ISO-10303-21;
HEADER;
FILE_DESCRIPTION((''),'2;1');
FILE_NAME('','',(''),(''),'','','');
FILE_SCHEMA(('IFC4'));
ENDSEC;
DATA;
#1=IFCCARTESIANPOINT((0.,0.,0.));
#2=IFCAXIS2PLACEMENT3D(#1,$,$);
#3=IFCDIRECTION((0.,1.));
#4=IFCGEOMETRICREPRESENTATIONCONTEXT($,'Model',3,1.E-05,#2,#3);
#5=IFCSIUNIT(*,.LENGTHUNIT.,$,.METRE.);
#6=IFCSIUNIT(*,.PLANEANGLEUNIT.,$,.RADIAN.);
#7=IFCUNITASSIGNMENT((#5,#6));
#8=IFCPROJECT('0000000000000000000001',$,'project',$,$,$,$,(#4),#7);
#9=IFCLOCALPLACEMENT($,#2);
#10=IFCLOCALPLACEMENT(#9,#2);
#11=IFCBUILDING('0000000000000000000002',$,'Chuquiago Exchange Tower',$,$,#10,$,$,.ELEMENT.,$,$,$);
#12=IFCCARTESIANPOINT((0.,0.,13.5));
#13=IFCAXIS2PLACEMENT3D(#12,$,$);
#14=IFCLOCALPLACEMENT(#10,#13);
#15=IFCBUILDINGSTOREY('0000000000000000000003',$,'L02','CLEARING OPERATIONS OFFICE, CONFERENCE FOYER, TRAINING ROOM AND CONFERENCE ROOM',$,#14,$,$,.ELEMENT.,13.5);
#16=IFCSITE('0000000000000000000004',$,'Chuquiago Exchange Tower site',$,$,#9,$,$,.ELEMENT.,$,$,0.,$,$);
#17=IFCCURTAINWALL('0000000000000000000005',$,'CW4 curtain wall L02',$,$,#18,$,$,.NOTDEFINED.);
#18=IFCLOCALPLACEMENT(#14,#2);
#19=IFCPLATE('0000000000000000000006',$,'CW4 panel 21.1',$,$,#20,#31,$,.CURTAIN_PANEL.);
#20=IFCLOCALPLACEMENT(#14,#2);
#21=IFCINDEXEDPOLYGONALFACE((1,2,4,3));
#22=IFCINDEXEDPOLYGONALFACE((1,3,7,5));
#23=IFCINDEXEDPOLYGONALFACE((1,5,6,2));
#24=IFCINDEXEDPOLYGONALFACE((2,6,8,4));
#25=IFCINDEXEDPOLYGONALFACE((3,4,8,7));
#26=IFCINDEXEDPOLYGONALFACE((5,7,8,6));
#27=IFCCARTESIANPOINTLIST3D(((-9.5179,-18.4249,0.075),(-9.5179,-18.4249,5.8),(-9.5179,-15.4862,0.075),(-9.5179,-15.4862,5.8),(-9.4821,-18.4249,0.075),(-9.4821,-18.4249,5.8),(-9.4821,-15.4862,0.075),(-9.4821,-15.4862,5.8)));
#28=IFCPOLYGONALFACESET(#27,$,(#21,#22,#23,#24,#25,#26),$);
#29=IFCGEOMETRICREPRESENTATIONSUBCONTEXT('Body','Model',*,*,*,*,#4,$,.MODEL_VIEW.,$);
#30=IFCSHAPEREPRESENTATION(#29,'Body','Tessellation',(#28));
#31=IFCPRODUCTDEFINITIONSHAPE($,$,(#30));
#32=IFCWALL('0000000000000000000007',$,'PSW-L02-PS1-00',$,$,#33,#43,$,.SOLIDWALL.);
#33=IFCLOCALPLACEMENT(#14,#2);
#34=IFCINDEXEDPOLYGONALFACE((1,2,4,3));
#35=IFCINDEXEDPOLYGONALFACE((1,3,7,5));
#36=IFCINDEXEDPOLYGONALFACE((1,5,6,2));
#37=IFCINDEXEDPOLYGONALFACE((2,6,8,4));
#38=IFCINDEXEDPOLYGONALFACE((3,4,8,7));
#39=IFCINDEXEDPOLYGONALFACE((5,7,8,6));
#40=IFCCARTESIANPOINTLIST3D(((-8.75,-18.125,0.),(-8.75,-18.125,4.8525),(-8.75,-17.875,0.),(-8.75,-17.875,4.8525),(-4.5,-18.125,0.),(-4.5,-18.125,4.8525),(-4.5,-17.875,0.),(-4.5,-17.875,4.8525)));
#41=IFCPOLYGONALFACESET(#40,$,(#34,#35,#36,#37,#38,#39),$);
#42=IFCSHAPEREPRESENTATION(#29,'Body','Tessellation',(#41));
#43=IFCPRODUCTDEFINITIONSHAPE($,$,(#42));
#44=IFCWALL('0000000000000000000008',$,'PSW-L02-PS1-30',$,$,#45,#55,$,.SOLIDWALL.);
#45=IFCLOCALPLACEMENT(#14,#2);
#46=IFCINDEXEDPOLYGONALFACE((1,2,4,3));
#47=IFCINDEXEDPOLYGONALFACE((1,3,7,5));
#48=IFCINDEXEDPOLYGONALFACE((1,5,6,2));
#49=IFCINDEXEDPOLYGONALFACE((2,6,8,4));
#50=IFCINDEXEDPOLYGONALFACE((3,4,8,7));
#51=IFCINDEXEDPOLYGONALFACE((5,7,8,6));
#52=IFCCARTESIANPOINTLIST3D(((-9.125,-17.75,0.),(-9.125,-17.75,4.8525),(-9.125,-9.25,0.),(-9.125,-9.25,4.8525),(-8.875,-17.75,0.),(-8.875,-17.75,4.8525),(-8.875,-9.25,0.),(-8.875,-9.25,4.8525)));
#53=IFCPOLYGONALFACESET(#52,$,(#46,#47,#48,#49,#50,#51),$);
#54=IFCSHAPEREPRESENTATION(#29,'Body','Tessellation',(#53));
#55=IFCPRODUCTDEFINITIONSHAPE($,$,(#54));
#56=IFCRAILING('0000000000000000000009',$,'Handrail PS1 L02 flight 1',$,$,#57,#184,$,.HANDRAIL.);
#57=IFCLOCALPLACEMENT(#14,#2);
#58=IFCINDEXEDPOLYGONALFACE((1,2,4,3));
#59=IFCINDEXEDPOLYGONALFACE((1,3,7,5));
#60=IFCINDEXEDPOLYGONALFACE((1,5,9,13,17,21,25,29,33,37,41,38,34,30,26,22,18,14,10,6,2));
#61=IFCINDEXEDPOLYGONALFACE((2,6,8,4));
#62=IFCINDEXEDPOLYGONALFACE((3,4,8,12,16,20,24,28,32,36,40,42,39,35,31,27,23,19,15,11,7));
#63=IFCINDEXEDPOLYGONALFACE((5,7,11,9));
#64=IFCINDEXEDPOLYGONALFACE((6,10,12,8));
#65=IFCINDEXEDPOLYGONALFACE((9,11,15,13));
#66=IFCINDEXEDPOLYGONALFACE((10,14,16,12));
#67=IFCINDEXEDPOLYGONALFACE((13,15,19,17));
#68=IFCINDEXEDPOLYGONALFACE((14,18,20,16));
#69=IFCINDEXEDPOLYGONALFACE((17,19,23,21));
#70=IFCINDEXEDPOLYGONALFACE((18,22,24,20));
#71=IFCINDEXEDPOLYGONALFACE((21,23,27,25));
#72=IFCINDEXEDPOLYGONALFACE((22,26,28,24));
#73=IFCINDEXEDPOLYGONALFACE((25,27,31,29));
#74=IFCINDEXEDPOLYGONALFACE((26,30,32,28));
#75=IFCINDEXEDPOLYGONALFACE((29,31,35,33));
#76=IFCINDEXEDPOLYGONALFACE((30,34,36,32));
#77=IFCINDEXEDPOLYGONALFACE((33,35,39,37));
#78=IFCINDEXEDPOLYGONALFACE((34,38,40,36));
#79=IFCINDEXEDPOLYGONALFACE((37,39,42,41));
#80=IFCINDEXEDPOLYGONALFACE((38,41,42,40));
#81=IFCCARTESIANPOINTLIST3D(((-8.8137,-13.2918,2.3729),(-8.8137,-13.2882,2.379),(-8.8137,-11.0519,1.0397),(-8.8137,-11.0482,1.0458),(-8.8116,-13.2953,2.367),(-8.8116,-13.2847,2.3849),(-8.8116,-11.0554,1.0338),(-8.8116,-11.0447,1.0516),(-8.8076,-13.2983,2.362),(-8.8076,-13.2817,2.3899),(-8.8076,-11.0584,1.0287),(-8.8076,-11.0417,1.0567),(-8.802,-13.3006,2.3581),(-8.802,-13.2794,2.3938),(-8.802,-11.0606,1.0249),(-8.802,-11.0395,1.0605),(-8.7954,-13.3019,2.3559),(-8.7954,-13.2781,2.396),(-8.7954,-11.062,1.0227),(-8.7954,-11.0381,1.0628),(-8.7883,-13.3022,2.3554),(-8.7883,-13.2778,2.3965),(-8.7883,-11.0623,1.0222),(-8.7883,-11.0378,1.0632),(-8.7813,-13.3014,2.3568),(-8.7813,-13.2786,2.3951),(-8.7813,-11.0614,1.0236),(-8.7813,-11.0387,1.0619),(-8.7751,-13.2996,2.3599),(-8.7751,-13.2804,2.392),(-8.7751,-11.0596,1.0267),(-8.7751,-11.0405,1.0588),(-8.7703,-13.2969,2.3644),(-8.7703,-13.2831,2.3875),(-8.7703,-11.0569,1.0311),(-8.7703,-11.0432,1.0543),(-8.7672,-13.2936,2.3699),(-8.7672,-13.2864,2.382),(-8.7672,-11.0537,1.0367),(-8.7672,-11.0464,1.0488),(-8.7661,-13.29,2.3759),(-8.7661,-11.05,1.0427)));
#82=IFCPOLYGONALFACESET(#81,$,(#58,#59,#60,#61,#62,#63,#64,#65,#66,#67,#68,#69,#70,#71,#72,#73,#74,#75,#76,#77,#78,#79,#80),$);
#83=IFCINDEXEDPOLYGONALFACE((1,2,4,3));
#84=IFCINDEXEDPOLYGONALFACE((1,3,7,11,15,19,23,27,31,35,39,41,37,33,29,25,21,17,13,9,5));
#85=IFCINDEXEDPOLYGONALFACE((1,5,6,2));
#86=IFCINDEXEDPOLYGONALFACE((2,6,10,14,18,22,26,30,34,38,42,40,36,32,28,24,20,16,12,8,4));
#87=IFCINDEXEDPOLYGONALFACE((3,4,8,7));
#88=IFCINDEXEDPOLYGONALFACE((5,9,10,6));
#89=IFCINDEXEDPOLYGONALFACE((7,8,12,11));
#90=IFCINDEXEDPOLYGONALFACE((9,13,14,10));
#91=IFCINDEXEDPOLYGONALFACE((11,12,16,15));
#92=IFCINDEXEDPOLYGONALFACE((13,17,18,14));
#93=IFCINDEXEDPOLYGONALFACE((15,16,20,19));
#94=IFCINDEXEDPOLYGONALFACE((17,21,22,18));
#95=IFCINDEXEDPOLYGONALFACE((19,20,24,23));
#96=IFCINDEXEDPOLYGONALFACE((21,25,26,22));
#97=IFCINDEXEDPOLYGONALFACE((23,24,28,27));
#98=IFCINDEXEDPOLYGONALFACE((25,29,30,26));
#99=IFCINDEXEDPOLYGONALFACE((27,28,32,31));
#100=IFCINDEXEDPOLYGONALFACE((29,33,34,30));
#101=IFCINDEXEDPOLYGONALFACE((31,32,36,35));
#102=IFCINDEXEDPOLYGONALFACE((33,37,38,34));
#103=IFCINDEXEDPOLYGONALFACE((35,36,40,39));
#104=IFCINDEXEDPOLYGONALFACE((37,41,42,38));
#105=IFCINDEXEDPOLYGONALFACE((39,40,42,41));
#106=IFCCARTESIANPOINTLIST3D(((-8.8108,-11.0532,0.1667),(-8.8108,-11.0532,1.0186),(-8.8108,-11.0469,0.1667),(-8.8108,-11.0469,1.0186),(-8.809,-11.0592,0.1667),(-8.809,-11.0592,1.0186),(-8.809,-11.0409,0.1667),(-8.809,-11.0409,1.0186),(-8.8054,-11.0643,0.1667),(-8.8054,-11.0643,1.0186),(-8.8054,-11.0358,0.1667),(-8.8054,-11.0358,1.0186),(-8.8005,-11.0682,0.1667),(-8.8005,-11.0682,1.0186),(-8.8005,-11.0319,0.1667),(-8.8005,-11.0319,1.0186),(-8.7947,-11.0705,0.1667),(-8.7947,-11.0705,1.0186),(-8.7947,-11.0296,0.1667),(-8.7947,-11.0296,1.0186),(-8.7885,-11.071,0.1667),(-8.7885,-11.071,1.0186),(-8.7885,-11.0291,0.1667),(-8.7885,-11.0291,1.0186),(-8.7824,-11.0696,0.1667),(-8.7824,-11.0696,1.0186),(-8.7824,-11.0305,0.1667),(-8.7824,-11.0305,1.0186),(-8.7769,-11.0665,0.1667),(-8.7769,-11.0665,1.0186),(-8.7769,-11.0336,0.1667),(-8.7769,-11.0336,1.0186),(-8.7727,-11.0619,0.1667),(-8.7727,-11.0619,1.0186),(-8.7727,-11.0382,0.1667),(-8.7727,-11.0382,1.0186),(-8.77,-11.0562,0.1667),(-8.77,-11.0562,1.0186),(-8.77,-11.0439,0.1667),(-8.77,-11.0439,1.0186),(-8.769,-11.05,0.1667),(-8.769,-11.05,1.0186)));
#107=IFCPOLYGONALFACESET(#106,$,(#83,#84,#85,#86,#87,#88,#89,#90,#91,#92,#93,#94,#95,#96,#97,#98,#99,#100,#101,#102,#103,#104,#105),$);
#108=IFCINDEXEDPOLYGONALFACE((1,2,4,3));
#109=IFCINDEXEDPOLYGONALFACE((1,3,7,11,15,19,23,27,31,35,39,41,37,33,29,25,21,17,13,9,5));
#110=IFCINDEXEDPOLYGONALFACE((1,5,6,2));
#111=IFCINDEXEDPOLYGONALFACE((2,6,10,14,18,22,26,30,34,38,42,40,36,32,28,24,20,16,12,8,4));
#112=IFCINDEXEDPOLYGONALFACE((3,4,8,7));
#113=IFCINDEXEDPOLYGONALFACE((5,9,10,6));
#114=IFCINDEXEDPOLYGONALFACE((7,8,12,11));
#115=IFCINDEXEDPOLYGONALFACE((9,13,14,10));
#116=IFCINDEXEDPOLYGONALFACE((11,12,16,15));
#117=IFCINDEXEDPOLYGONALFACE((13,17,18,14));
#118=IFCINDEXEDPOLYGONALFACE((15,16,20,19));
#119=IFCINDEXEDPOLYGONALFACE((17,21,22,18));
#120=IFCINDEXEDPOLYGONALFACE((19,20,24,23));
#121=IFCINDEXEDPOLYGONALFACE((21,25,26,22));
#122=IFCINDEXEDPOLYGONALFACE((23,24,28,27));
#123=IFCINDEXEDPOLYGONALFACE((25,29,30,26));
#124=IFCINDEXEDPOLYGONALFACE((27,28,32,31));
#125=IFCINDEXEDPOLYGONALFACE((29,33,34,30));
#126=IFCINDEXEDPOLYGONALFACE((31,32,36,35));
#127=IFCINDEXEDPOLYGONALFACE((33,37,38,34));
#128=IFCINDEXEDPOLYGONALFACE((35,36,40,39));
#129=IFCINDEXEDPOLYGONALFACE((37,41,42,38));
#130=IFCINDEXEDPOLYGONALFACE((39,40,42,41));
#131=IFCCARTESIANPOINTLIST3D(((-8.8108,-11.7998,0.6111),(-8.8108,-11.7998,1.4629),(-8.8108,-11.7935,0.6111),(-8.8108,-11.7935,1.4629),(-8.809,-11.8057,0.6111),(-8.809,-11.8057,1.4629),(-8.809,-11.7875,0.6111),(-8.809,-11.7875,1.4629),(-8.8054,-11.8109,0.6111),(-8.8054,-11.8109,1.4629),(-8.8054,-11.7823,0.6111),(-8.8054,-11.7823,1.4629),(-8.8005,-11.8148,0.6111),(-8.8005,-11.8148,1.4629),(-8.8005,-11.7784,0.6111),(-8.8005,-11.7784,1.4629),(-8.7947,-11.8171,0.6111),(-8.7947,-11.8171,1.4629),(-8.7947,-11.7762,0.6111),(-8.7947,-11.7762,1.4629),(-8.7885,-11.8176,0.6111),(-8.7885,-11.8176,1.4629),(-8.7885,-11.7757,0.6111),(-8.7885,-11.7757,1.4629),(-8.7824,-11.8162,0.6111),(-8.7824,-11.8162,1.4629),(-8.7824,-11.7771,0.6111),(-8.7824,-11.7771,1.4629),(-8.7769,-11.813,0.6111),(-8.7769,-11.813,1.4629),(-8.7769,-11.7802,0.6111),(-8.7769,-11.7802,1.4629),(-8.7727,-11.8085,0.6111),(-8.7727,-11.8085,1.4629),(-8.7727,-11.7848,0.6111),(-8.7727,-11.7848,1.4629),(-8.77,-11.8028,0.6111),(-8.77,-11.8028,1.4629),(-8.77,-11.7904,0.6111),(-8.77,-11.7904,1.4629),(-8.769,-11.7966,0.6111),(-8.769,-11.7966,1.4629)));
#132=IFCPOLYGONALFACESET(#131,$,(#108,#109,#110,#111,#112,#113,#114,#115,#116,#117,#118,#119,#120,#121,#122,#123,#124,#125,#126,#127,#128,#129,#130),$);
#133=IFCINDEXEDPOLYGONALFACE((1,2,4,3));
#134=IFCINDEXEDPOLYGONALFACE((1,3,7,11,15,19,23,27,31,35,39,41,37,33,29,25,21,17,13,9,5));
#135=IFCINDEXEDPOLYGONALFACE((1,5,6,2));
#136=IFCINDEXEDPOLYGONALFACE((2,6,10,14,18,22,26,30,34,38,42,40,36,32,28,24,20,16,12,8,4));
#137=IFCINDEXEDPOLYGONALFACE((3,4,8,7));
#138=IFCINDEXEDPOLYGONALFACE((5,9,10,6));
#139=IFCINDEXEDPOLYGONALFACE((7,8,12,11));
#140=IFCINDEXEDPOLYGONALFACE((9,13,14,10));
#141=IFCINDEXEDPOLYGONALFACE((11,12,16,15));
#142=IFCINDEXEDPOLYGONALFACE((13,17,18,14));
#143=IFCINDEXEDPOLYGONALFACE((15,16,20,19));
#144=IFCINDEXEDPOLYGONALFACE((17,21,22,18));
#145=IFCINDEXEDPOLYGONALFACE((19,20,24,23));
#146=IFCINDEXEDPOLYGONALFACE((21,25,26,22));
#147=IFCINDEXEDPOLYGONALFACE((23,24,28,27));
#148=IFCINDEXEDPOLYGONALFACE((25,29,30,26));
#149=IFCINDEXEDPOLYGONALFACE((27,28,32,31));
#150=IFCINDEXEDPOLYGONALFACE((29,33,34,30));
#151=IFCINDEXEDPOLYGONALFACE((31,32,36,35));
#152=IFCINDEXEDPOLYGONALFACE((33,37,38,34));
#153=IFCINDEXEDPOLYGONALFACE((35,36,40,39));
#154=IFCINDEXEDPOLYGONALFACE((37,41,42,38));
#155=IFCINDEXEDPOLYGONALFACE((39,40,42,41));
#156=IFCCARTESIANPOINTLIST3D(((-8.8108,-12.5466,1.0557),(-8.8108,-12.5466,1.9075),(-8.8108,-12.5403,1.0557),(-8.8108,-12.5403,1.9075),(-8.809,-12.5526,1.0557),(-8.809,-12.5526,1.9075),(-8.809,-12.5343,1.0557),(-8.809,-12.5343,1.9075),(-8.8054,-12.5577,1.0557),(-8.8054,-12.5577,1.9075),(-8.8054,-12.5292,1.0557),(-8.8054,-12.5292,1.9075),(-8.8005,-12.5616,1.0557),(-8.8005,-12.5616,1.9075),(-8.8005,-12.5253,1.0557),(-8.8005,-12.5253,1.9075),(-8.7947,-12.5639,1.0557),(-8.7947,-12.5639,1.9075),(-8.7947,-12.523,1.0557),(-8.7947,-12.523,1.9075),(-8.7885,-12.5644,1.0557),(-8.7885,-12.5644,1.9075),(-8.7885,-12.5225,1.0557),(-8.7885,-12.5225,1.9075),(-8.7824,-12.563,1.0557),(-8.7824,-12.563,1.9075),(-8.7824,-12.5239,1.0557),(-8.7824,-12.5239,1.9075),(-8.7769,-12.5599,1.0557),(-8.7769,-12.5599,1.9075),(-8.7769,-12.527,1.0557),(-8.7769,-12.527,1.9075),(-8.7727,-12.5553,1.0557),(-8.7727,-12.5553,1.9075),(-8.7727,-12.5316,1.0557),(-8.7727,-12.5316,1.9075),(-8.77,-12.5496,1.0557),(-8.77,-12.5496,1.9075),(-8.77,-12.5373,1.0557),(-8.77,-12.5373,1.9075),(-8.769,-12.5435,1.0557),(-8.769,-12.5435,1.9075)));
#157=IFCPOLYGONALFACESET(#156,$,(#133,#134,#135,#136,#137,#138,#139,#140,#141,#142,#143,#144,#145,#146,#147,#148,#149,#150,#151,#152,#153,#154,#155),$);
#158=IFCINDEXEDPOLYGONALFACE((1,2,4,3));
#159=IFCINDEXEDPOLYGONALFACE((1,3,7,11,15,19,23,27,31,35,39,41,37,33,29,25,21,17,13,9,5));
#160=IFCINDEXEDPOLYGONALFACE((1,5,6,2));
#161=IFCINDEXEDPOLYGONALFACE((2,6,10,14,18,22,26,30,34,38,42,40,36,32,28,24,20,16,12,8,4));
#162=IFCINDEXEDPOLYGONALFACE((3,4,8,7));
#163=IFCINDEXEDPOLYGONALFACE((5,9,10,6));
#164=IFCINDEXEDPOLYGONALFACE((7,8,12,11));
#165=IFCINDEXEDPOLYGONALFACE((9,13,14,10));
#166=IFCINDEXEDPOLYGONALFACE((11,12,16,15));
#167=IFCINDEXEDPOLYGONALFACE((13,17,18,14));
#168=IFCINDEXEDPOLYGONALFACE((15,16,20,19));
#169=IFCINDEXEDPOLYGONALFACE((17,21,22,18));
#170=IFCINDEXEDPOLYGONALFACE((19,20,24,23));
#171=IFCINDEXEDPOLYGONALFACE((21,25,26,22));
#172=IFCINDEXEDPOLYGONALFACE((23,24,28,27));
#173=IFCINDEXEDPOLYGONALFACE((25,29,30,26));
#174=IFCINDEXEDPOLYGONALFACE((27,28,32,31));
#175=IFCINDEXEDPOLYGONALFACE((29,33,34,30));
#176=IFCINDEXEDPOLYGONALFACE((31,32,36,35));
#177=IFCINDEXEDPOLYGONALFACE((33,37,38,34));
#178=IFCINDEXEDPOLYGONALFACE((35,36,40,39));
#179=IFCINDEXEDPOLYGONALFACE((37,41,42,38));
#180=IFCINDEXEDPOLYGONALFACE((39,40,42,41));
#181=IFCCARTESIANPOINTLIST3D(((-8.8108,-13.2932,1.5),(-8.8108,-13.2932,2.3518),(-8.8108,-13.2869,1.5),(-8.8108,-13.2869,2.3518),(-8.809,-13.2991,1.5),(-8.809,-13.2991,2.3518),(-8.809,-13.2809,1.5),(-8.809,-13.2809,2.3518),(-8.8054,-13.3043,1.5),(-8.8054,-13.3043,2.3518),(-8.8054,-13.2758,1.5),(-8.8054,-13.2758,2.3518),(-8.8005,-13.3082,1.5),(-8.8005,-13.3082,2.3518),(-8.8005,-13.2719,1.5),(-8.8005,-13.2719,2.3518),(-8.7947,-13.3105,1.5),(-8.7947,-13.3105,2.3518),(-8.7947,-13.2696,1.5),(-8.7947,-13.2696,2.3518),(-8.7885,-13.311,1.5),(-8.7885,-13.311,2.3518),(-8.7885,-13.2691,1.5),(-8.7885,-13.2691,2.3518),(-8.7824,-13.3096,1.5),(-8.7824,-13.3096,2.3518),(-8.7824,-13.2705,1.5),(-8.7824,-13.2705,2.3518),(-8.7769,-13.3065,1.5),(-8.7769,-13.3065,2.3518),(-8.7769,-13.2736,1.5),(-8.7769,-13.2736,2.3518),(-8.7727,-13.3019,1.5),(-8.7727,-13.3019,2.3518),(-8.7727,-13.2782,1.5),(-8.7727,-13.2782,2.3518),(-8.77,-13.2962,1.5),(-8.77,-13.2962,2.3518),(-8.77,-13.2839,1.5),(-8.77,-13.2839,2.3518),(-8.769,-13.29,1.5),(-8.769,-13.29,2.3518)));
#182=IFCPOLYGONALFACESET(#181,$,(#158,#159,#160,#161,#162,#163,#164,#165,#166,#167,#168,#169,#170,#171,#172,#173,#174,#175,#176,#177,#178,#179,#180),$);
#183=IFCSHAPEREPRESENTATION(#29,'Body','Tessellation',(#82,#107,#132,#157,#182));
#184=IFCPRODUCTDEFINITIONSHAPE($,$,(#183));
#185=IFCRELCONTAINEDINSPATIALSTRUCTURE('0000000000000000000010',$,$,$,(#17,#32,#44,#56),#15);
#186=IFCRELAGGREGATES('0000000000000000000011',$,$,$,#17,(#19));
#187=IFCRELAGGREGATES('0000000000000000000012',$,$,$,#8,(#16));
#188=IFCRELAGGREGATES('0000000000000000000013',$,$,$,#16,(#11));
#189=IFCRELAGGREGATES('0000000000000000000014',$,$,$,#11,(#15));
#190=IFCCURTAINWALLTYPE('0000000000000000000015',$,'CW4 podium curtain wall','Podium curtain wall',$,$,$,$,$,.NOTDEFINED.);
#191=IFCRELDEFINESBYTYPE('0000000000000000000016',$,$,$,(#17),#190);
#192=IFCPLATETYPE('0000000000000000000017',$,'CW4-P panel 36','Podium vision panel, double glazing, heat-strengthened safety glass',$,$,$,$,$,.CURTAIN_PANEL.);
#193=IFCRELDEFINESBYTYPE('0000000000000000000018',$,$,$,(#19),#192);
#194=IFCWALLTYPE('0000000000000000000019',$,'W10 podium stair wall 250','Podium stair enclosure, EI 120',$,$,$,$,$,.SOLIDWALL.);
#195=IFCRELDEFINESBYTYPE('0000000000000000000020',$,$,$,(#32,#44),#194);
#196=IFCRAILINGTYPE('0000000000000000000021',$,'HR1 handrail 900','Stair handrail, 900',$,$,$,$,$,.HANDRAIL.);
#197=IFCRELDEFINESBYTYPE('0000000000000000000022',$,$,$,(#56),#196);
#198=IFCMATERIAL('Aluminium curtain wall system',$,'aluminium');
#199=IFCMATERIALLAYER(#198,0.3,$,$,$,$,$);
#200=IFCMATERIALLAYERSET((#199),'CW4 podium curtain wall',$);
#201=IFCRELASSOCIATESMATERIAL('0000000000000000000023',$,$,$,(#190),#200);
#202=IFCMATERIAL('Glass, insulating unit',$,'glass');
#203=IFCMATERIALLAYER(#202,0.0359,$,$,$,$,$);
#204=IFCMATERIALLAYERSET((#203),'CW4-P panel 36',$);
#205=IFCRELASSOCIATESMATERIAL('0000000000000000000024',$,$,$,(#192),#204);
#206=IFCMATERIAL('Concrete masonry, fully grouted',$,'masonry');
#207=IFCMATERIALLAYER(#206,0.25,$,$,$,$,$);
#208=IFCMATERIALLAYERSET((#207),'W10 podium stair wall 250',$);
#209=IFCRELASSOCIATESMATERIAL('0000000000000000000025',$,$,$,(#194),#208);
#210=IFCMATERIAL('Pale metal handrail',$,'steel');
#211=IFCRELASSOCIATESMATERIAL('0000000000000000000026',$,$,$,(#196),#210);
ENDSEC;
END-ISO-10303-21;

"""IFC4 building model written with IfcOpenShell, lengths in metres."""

from ifc_helpers import new_model, si_unit, direction, frame, frame_2d, origin, origin_2d, place, context, subcontext, project, spatial, rectangle, circle, extrude, material, layer, layer_set, type_object, element, aggregate, save


model = new_model("IFC4")

# Units and contexts
model_context = context("Model", 3, precision=1e-05, world=origin(), true_north=direction((0.0, 1.0)))
body_context = subcontext(model_context, "Body", "Model", "MODEL_VIEW")
ifc_project = project(units=[si_unit("LENGTHUNIT", "METRE"), si_unit("PLANEANGLEUNIT", "RADIAN")], contexts=[model_context])

# Site, building, storey
site_placement = place(None, origin())
site = spatial("IfcSite", under=ifc_project, at=site_placement, Name="Chuquiago Exchange Tower site", CompositionType="ELEMENT", RefElevation=0.0)
building_placement = place(site_placement, origin())
building = spatial("IfcBuilding", under=site, at=building_placement, Name="Chuquiago Exchange Tower", CompositionType="ELEMENT")
storey_placement = place(building_placement, frame((0.0, 0.0, 13.5)))
storey = spatial("IfcBuildingStorey", under=building, at=storey_placement, Name="L02", Description="CLEARING OPERATIONS OFFICE, CONFERENCE FOYER, TRAINING ROOM AND CONFERENCE ROOM", CompositionType="ELEMENT", Elevation=13.5)

# Curtain wall
ifc_material_1 = material(Name="Aluminium curtain wall system", Category="aluminium")
ifc_layer_1 = layer(ifc_material_1, 0.3)
ifc_layer_set_1 = layer_set([ifc_layer_1], Name="CW4 podium curtain wall")
curtain_wall_type = type_object("IfcCurtainWallType", Name="CW4 podium curtain wall", Description="Podium curtain wall", PredefinedType="NOTDEFINED", material=ifc_layer_set_1)
curtain_wall_1_placement = place(storey_placement, origin())
curtain_wall_1 = element("IfcCurtainWall", 1, at=curtain_wall_1_placement, inside=storey, type_object=curtain_wall_type, Name="CW4 curtain wall L02", PredefinedType="NOTDEFINED")

# Plate
ifc_material_2 = material(Name="Glass, insulating unit", Category="glass")
ifc_layer_2 = layer(ifc_material_2, 0.0359)
ifc_layer_set_2 = layer_set([ifc_layer_2], Name="CW4-P panel 36")
plate_type = type_object("IfcPlateType", Name="CW4-P panel 36", Description="Podium vision panel, double glazing, heat-strengthened safety glass", PredefinedType="CURTAIN_PANEL", material=ifc_layer_set_2)
plate_1_placement = place(storey_placement, frame((-9.5, -16.9556, 0.075), z_axis=(0.0, 0.0, 1.0), x_axis=(0.0, -1.0, 0.0)))
plate_1 = element("IfcPlate", 2, at=plate_1_placement, type_object=plate_type, Name="CW4 panel 21.1", PredefinedType="CURTAIN_PANEL", context=body_context, shape_type="SweptSolid", body=[
    extrude(rectangle(XDim=2.9387, YDim=0.0359, at=origin_2d()), origin(), (0.0, 0.0, 1.0), 5.7251),
])
aggregate(curtain_wall_1, [plate_1])

# Walls
ifc_material_3 = material(Name="Concrete masonry, fully grouted", Category="masonry")
ifc_layer_3 = layer(ifc_material_3, 0.25)
ifc_layer_set_3 = layer_set([ifc_layer_3], Name="W10 podium stair wall 250")
wall_type = type_object("IfcWallType", Name="W10 podium stair wall 250", Description="Podium stair enclosure, EI 120", PredefinedType="SOLIDWALL", material=ifc_layer_set_3)
wall_1_placement = place(storey_placement, frame((-8.75, -18.0, 0.0), z_axis=(0.0, 0.0, 1.0), x_axis=(1.0, 0.0, 0.0)))
element("IfcWall", 3, at=wall_1_placement, inside=storey, type_object=wall_type, Name="PSW-L02-PS1-00", PredefinedType="SOLIDWALL", context=body_context, shape_type="SweptSolid", body=[
    extrude(rectangle(XDim=4.25, YDim=0.25, at=frame_2d((2.125, 0.0))), origin(), (0.0, 0.0, 1.0), 4.8525),
])
wall_2_placement = place(storey_placement, frame((-9.0, -17.75, 0.0), z_axis=(0.0, 0.0, 1.0), x_axis=(0.0, 1.0, 0.0)))
element("IfcWall", 4, at=wall_2_placement, inside=storey, type_object=wall_type, Name="PSW-L02-PS1-30", PredefinedType="SOLIDWALL", context=body_context, shape_type="SweptSolid", body=[
    extrude(rectangle(XDim=8.5, YDim=0.25, at=frame_2d((4.25, 0.0))), origin(), (0.0, 0.0, 1.0), 4.8525),
])

# Railing
ifc_material_4 = material(Name="Pale metal handrail", Category="steel")
railing_type = type_object("IfcRailingType", Name="HR1 handrail 900", Description="Stair handrail, 900", PredefinedType="HANDRAIL", material=ifc_material_4)
railing_1_placement = place(storey_placement, frame((-8.79, -11.05, 0.1667)))
element("IfcRailing", 5, at=railing_1_placement, inside=storey, type_object=railing_type, Name="Handrail PS1 L02 flight 1", PredefinedType="HANDRAIL", context=body_context, shape_type="SweptSolid", body=[
    extrude(circle(Radius=0.0239, at=origin_2d()), frame((0.0, 0.0, 0.876), z_axis=(0.0, -0.859306, 0.511462), x_axis=(1.0, 0.0, 0.0)), (0.0, 0.0, 1.0), 2.6067),
    extrude(circle(Radius=0.021, at=origin_2d()), origin(), (0.0, 0.0, 1.0), 0.8518),
    extrude(circle(Radius=0.021, at=origin_2d()), frame((0.0, -0.7466, 0.4443)), (0.0, 0.0, 1.0), 0.8518),
    extrude(circle(Radius=0.021, at=origin_2d()), frame((0.0, -1.4934, 0.8889)), (0.0, 0.0, 1.0), 0.8518),
    extrude(circle(Radius=0.021, at=origin_2d()), frame((0.0, -2.24, 1.3333)), (0.0, 0.0, 1.0), 0.8518),
])

save(model, "model.ifc")
